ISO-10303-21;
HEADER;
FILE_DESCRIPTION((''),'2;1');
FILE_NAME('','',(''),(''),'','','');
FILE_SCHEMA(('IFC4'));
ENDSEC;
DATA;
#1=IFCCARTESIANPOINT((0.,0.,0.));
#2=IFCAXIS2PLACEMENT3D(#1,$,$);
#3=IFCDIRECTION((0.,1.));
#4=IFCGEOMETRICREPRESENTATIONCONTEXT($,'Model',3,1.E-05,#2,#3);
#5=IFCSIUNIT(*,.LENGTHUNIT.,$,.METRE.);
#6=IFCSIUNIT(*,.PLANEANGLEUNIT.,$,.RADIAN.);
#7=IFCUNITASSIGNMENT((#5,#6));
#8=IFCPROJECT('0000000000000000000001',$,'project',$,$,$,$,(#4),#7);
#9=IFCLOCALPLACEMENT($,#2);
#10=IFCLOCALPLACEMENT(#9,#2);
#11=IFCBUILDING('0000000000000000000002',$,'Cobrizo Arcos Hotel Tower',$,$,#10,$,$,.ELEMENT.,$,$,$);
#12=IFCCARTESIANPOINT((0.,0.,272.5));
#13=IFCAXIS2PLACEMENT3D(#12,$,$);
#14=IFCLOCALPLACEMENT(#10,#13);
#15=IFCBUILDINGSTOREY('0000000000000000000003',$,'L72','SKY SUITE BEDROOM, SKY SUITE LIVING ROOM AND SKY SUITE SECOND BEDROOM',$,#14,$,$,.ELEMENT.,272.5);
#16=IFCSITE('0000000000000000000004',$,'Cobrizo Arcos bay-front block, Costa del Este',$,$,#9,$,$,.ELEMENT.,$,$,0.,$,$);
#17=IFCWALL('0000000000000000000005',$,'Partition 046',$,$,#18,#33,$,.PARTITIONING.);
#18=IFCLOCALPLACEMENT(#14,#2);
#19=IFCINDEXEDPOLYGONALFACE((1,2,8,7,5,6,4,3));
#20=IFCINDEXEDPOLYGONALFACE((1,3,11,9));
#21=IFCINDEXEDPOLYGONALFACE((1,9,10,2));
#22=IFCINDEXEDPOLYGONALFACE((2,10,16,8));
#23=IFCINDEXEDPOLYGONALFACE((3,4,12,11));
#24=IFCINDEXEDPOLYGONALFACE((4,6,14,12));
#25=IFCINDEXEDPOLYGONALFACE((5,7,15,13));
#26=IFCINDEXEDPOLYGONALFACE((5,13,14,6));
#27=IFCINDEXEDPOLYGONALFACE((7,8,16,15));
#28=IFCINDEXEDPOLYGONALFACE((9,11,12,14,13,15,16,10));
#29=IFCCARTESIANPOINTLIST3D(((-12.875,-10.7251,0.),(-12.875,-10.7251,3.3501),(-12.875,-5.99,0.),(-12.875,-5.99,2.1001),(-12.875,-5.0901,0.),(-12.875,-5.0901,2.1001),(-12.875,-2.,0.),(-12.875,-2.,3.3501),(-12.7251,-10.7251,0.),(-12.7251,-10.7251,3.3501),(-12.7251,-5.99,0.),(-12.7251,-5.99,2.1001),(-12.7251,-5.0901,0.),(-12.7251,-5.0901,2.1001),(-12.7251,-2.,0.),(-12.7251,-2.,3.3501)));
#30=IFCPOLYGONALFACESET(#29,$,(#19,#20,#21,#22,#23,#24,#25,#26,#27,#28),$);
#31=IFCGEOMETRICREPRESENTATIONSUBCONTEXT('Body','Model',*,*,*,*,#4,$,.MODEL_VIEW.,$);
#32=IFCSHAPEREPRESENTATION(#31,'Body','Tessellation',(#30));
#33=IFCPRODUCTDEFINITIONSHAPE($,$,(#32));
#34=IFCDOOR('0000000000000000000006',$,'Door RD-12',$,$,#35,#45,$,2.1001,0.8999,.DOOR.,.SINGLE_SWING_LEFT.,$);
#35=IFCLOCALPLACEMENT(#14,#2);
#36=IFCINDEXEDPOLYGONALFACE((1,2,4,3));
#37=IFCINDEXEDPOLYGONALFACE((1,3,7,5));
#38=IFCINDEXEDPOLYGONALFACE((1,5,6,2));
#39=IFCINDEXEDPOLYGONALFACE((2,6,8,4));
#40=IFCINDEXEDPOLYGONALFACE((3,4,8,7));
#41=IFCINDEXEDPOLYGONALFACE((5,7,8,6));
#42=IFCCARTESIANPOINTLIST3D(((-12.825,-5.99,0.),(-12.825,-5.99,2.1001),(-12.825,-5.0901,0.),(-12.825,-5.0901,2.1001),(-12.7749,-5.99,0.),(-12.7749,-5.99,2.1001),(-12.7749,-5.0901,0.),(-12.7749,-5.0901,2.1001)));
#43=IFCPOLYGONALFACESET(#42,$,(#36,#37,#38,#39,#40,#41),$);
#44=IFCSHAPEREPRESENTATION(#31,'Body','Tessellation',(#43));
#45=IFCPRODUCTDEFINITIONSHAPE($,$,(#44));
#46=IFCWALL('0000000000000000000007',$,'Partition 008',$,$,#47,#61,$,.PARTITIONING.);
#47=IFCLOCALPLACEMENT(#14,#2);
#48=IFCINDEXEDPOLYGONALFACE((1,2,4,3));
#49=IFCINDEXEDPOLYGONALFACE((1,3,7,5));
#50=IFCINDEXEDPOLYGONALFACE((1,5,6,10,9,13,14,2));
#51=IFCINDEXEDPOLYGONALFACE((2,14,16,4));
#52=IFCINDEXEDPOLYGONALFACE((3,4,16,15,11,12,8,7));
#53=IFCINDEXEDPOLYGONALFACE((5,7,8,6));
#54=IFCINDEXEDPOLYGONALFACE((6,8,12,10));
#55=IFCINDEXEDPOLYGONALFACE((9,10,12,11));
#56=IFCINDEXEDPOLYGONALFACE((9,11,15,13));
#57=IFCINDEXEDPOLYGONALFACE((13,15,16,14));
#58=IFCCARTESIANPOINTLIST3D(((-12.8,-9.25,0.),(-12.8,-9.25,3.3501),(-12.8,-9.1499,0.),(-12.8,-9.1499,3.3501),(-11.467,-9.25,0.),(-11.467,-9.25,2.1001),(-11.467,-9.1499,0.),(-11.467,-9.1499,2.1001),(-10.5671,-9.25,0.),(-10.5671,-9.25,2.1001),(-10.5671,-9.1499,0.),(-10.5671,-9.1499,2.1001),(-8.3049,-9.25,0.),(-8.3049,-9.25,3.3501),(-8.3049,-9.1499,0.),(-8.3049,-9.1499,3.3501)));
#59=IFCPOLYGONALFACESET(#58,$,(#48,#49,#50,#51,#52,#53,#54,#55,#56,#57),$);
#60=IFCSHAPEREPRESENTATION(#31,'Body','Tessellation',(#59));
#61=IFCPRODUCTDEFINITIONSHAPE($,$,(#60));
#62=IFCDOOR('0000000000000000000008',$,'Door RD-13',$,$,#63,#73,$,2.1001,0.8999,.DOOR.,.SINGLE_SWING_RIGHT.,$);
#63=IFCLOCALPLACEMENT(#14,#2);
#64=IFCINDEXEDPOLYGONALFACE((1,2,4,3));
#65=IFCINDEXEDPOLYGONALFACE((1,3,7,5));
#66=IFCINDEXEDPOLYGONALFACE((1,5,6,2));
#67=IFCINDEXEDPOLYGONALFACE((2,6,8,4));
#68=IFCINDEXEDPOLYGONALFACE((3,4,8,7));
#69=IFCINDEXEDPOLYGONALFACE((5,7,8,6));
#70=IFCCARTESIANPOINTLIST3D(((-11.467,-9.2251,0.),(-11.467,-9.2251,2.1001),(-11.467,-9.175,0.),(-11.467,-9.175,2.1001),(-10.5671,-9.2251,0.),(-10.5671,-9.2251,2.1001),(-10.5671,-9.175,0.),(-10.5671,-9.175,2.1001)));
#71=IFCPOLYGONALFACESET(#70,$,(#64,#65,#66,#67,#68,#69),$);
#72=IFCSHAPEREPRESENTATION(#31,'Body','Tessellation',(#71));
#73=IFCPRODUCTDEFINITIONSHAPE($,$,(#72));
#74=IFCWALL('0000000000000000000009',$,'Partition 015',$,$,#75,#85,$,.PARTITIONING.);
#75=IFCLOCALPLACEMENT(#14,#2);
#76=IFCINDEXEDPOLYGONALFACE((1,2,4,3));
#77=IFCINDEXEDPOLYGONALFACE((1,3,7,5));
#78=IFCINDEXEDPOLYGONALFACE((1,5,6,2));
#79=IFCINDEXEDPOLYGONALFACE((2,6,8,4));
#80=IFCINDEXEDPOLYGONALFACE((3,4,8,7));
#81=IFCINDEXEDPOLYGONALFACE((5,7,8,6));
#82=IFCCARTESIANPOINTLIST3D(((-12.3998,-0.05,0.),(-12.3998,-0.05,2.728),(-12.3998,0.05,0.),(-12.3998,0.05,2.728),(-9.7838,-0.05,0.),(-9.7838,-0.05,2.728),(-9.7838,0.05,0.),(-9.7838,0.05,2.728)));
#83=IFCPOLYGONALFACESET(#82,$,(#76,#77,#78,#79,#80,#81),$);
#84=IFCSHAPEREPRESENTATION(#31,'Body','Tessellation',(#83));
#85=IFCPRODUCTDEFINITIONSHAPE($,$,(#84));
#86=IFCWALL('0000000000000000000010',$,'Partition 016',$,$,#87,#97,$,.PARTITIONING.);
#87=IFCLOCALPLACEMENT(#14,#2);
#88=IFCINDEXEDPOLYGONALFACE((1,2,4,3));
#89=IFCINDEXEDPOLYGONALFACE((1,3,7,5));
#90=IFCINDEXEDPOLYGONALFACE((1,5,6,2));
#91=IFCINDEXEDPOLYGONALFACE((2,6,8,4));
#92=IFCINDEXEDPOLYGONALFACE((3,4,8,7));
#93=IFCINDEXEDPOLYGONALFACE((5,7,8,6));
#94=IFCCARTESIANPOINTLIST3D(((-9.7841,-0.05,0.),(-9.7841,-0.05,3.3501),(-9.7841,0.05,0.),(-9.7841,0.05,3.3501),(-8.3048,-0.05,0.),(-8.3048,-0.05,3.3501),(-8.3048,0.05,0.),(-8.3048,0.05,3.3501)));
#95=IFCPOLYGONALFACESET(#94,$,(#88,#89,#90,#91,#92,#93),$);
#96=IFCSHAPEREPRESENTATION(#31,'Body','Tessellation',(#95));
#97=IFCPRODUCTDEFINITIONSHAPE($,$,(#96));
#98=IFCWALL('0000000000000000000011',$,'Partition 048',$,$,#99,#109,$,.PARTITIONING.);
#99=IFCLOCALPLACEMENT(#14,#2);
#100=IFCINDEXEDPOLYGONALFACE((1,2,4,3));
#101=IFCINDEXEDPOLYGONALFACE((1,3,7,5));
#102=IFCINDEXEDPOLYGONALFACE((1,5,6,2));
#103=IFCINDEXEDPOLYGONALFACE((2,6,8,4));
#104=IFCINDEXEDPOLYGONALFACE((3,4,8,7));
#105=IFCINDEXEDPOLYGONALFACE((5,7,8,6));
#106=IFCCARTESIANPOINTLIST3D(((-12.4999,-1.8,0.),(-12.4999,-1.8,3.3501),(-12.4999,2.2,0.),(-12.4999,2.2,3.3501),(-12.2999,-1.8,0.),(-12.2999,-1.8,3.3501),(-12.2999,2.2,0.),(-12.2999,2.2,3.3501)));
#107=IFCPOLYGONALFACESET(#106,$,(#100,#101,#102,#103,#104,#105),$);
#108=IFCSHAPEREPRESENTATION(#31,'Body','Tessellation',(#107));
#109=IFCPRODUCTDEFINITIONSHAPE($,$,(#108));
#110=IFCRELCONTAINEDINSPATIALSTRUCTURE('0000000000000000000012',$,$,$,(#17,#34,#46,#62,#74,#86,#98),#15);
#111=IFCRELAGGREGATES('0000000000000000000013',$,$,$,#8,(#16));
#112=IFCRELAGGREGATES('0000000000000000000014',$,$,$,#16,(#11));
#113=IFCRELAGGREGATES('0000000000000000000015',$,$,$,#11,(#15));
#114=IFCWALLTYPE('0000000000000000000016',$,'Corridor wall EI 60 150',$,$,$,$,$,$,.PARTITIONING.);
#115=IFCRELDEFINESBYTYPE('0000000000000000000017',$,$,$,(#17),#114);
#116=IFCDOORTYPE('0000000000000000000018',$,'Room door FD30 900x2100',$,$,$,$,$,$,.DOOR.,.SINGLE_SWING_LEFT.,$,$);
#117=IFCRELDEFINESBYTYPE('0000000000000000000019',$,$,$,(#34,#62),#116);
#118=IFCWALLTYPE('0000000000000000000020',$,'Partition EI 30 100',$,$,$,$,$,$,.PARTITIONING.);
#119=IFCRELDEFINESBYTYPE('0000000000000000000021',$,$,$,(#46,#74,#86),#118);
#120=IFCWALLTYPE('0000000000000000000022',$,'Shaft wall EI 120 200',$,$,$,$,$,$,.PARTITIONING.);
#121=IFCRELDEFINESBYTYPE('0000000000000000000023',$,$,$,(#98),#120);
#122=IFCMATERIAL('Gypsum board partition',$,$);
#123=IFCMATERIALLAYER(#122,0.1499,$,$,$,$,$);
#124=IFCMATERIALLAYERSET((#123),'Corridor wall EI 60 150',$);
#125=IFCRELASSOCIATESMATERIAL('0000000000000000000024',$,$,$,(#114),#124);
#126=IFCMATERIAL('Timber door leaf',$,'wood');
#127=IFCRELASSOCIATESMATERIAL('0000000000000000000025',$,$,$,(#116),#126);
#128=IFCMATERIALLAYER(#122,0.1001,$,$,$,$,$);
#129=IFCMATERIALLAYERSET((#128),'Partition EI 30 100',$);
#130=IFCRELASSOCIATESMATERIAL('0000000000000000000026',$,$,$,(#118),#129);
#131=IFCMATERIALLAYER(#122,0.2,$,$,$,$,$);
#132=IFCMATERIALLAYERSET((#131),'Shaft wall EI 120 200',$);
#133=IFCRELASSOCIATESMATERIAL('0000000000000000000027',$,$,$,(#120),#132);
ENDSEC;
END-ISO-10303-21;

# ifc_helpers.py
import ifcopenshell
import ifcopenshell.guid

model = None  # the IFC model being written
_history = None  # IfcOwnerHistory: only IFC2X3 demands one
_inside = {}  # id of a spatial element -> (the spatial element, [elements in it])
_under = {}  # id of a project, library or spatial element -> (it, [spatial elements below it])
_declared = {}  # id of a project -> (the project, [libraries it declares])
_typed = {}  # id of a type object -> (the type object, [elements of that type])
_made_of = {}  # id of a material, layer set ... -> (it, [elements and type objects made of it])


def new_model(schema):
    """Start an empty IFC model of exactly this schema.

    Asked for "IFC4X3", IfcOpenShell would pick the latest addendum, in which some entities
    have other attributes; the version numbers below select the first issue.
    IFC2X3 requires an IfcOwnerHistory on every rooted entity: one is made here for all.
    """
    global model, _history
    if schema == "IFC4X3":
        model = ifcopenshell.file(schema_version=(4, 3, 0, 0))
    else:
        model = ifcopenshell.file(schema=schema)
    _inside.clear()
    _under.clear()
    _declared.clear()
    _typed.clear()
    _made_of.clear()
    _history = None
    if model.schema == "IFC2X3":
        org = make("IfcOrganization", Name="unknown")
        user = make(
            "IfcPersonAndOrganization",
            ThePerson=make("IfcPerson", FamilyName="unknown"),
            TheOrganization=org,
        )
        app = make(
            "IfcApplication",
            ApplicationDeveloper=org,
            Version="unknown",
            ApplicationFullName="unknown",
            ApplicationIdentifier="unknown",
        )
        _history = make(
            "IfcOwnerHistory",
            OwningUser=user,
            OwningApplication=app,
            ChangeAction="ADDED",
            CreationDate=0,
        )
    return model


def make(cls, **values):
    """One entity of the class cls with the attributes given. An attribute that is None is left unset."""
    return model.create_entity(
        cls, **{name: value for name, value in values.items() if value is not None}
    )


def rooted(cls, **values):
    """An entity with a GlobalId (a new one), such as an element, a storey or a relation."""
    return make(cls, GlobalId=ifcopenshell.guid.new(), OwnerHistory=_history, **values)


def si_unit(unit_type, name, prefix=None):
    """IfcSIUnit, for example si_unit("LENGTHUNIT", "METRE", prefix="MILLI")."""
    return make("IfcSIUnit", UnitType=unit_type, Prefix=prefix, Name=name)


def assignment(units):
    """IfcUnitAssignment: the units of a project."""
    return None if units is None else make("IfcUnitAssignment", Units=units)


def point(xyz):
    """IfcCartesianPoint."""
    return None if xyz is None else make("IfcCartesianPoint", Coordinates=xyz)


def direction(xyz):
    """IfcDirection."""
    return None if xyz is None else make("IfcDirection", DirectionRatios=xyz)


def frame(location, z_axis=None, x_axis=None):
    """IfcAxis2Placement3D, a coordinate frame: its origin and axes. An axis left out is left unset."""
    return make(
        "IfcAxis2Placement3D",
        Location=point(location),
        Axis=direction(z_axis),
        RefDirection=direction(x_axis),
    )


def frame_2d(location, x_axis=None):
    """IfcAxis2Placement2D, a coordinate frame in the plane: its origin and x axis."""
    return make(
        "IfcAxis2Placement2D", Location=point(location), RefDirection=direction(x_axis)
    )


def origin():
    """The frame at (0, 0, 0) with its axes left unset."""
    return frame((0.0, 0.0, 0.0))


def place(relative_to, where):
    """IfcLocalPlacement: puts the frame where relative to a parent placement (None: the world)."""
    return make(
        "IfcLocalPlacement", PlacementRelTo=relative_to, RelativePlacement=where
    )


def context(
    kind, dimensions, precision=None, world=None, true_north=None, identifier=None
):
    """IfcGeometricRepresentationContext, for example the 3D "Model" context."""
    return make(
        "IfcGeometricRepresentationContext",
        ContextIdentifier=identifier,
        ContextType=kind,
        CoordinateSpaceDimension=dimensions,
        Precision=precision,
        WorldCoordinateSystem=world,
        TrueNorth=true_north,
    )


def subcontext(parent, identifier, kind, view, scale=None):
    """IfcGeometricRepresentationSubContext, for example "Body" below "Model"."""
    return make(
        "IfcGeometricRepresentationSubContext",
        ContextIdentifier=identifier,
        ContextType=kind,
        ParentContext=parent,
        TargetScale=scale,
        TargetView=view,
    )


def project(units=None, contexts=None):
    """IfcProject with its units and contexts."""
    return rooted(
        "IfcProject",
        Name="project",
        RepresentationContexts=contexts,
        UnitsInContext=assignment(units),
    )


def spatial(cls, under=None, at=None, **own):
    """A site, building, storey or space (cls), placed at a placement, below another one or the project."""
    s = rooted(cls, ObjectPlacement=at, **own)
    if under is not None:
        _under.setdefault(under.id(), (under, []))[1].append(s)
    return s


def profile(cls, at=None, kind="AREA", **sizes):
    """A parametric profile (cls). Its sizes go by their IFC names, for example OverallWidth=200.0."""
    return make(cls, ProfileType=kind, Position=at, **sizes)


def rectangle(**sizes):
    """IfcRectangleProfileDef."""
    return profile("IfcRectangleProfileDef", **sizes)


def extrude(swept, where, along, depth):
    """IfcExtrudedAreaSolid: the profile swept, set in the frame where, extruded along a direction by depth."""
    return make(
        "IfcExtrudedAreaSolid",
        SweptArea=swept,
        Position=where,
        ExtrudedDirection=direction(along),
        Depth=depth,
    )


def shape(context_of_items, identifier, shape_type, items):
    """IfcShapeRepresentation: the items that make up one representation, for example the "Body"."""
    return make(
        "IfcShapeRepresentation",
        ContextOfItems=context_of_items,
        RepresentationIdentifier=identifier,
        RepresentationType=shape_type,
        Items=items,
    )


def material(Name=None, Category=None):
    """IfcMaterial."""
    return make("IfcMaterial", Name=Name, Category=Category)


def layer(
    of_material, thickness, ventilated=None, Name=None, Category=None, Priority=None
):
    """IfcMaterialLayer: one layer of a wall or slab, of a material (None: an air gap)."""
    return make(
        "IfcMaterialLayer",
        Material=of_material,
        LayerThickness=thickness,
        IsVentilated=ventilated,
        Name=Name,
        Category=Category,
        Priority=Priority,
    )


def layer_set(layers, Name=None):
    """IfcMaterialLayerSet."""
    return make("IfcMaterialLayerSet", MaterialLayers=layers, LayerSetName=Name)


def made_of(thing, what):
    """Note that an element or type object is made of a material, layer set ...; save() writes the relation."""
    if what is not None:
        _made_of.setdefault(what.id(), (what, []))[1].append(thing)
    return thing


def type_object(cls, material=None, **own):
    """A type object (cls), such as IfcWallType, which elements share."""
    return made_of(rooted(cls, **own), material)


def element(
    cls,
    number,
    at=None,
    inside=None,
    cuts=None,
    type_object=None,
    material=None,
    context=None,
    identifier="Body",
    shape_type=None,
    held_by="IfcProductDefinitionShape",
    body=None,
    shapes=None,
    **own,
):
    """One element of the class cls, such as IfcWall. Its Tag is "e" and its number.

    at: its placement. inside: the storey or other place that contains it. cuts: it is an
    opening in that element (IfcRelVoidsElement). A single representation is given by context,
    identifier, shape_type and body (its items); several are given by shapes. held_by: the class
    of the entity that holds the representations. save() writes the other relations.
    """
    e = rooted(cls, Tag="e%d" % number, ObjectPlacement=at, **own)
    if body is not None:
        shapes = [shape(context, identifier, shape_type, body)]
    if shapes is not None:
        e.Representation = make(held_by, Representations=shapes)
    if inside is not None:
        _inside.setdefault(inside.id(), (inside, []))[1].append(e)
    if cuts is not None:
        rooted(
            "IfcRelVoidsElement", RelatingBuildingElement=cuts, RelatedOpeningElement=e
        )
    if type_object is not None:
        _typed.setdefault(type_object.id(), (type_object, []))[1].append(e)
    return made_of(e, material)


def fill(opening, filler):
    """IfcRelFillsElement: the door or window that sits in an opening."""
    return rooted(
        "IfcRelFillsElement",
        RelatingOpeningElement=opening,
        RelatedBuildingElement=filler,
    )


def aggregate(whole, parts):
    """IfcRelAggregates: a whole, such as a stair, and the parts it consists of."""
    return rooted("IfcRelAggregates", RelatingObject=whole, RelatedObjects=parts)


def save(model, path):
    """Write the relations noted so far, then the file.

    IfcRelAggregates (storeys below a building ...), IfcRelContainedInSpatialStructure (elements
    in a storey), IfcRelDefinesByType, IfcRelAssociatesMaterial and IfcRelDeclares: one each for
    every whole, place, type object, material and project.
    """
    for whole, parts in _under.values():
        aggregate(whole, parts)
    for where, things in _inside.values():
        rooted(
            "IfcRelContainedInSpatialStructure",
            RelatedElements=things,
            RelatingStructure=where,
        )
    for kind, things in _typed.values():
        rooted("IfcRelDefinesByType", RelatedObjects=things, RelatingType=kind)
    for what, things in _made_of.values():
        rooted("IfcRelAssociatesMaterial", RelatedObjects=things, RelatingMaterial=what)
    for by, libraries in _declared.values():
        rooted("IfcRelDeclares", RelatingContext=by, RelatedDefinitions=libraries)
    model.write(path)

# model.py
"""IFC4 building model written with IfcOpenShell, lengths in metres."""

from ifc_helpers import new_model, si_unit, direction, frame, frame_2d, origin, place, context, subcontext, project, spatial, rectangle, extrude, material, layer, layer_set, type_object, element, fill, save


model = new_model("IFC4")

# Units and contexts
model_context = context("Model", 3, precision=1e-05, world=origin(), true_north=direction((0.0, 1.0)))
body_context = subcontext(model_context, "Body", "Model", "MODEL_VIEW")
ifc_project = project(units=[si_unit("LENGTHUNIT", "METRE"), si_unit("PLANEANGLEUNIT", "RADIAN")], contexts=[model_context])

# Site, building, storey
site_placement = place(None, origin())
site = spatial("IfcSite", under=ifc_project, at=site_placement, Name="Cobrizo Arcos bay-front block, Costa del Este", CompositionType="ELEMENT", RefElevation=0.0)
building_placement = place(site_placement, origin())
building = spatial("IfcBuilding", under=site, at=building_placement, Name="Cobrizo Arcos Hotel Tower", CompositionType="ELEMENT")
storey_placement = place(building_placement, frame((0.0, 0.0, 272.5)))
storey = spatial("IfcBuildingStorey", under=building, at=storey_placement, Name="L72", Description="SKY SUITE BEDROOM, SKY SUITE LIVING ROOM AND SKY SUITE SECOND BEDROOM", CompositionType="ELEMENT", Elevation=272.5)

# Walls, openings, doors
ifc_material_1 = material(Name="Gypsum board partition")
ifc_layer_1 = layer(ifc_material_1, 0.1499)
ifc_layer_set_1 = layer_set([ifc_layer_1], Name="Corridor wall EI 60 150")
wall_type_1 = type_object("IfcWallType", Name="Corridor wall EI 60 150", PredefinedType="PARTITIONING", material=ifc_layer_set_1)
wall_1_placement = place(storey_placement, frame((-12.8, -10.7251, 0.0), z_axis=(0.0, 0.0, 1.0), x_axis=(0.0, 1.0, 0.0)))
wall_1 = element("IfcWall", 1, at=wall_1_placement, inside=storey, type_object=wall_type_1, Name="Partition 046", PredefinedType="PARTITIONING", context=body_context, shape_type="SweptSolid", body=[
    extrude(rectangle(XDim=8.7251, YDim=0.1499, at=frame_2d((4.3625, 0.0))), origin(), (0.0, 0.0, 1.0), 3.3501),
])
opening_1_placement = place(wall_1_placement, frame((4.7351, 0.0, 0.0)))
opening_1 = element("IfcOpeningElement", 2, at=opening_1_placement, cuts=wall_1, PredefinedType="OPENING", context=body_context, shape_type="SweptSolid", body=[
    extrude(rectangle(XDim=0.8999, YDim=2.1001, at=frame_2d((0.45, 1.05))), frame((0.0, 0.0869, 0.0), z_axis=(0.0, -1.0, 0.0), x_axis=(1.0, 0.0, 0.0)), (0.0, 0.0, 1.0), 0.1738),
])
ifc_material_2 = material(Name="Timber door leaf", Category="wood")
door_type = type_object("IfcDoorType", Name="Room door FD30 900x2100", OperationType="SINGLE_SWING_LEFT", PredefinedType="DOOR", material=ifc_material_2)
door_1_placement = place(opening_1_placement, origin())
door_1 = element("IfcDoor", 3, at=door_1_placement, inside=storey, type_object=door_type, Name="Door RD-12", OperationType="SINGLE_SWING_LEFT", OverallHeight=2.1001, OverallWidth=0.8999, PredefinedType="DOOR", context=body_context, shape_type="SweptSolid", body=[
    extrude(rectangle(XDim=0.8999, YDim=2.1001, at=frame_2d((0.45, 1.05))), frame((0.0, 0.0249, 0.0), z_axis=(0.0, -1.0, 0.0), x_axis=(1.0, 0.0, 0.0)), (0.0, 0.0, 1.0), 0.05),
])
fill(opening_1, door_1)
ifc_layer_2 = layer(ifc_material_1, 0.1001)
ifc_layer_set_2 = layer_set([ifc_layer_2], Name="Partition EI 30 100")
wall_type_2 = type_object("IfcWallType", Name="Partition EI 30 100", PredefinedType="PARTITIONING", material=ifc_layer_set_2)
wall_2_placement = place(storey_placement, frame((-12.8, -9.2, 0.0), z_axis=(0.0, 0.0, 1.0), x_axis=(1.0, 0.0, 0.0)))
wall_2 = element("IfcWall", 4, at=wall_2_placement, inside=storey, type_object=wall_type_2, Name="Partition 008", PredefinedType="PARTITIONING", context=body_context, shape_type="SweptSolid", body=[
    extrude(rectangle(XDim=4.4951, YDim=0.1001, at=frame_2d((2.2476, 0.0))), origin(), (0.0, 0.0, 1.0), 3.3501),
])
opening_2_placement = place(wall_2_placement, frame((1.333, 0.0, 0.0)))
opening_2 = element("IfcOpeningElement", 5, at=opening_2_placement, cuts=wall_2, PredefinedType="OPENING", context=body_context, shape_type="SweptSolid", body=[
    extrude(rectangle(XDim=0.8999, YDim=2.1001, at=frame_2d((0.45, 1.05))), frame((0.0, 0.062, 0.0), z_axis=(0.0, -1.0, 0.0), x_axis=(1.0, 0.0, 0.0)), (0.0, 0.0, 1.0), 0.124),
])
door_2_placement = place(opening_2_placement, origin())
door_2 = element("IfcDoor", 6, at=door_2_placement, inside=storey, type_object=door_type, Name="Door RD-13", OperationType="SINGLE_SWING_RIGHT", OverallHeight=2.1001, OverallWidth=0.8999, PredefinedType="DOOR", context=body_context, shape_type="SweptSolid", body=[
    extrude(rectangle(XDim=0.8999, YDim=2.1001, at=frame_2d((0.45, 1.05))), frame((0.0, 0.0249, 0.0), z_axis=(0.0, -1.0, 0.0), x_axis=(1.0, 0.0, 0.0)), (0.0, 0.0, 1.0), 0.05),
])
fill(opening_2, door_2)

# Walls
wall_3_placement = place(storey_placement, frame((-12.3999, 0.0, 0.0), z_axis=(0.0, 0.0, 1.0), x_axis=(1.0, 0.0, 0.0)))
element("IfcWall", 7, at=wall_3_placement, inside=storey, type_object=wall_type_2, Name="Partition 015", PredefinedType="PARTITIONING", context=body_context, shape_type="SweptSolid", body=[
    extrude(rectangle(XDim=2.616, YDim=0.1001, at=frame_2d((1.3081, 0.0))), origin(), (0.0, 0.0, 1.0), 2.728),
])
wall_4_placement = place(storey_placement, frame((-9.7842, 0.0, 0.0), z_axis=(0.0, 0.0, 1.0), x_axis=(1.0, 0.0, 0.0)))
element("IfcWall", 8, at=wall_4_placement, inside=storey, type_object=wall_type_2, Name="Partition 016", PredefinedType="PARTITIONING", context=body_context, shape_type="SweptSolid", body=[
    extrude(rectangle(XDim=1.4792, YDim=0.1001, at=frame_2d((0.7397, 0.0))), origin(), (0.0, 0.0, 1.0), 3.3501),
])
ifc_layer_3 = layer(ifc_material_1, 0.2)
ifc_layer_set_3 = layer_set([ifc_layer_3], Name="Shaft wall EI 120 200")
wall_type_3 = type_object("IfcWallType", Name="Shaft wall EI 120 200", PredefinedType="PARTITIONING", material=ifc_layer_set_3)
wall_5_placement = place(storey_placement, frame((-12.3999, -1.8, 0.0), z_axis=(0.0, 0.0, 1.0), x_axis=(0.0, 1.0, 0.0)))
element("IfcWall", 9, at=wall_5_placement, inside=storey, type_object=wall_type_3, Name="Partition 048", PredefinedType="PARTITIONING", context=body_context, shape_type="SweptSolid", body=[
    extrude(rectangle(XDim=4.0, YDim=0.2, at=frame_2d((2.0, 0.0))), origin(), (0.0, 0.0, 1.0), 3.3501),
])

save(model, "model.ifc")
